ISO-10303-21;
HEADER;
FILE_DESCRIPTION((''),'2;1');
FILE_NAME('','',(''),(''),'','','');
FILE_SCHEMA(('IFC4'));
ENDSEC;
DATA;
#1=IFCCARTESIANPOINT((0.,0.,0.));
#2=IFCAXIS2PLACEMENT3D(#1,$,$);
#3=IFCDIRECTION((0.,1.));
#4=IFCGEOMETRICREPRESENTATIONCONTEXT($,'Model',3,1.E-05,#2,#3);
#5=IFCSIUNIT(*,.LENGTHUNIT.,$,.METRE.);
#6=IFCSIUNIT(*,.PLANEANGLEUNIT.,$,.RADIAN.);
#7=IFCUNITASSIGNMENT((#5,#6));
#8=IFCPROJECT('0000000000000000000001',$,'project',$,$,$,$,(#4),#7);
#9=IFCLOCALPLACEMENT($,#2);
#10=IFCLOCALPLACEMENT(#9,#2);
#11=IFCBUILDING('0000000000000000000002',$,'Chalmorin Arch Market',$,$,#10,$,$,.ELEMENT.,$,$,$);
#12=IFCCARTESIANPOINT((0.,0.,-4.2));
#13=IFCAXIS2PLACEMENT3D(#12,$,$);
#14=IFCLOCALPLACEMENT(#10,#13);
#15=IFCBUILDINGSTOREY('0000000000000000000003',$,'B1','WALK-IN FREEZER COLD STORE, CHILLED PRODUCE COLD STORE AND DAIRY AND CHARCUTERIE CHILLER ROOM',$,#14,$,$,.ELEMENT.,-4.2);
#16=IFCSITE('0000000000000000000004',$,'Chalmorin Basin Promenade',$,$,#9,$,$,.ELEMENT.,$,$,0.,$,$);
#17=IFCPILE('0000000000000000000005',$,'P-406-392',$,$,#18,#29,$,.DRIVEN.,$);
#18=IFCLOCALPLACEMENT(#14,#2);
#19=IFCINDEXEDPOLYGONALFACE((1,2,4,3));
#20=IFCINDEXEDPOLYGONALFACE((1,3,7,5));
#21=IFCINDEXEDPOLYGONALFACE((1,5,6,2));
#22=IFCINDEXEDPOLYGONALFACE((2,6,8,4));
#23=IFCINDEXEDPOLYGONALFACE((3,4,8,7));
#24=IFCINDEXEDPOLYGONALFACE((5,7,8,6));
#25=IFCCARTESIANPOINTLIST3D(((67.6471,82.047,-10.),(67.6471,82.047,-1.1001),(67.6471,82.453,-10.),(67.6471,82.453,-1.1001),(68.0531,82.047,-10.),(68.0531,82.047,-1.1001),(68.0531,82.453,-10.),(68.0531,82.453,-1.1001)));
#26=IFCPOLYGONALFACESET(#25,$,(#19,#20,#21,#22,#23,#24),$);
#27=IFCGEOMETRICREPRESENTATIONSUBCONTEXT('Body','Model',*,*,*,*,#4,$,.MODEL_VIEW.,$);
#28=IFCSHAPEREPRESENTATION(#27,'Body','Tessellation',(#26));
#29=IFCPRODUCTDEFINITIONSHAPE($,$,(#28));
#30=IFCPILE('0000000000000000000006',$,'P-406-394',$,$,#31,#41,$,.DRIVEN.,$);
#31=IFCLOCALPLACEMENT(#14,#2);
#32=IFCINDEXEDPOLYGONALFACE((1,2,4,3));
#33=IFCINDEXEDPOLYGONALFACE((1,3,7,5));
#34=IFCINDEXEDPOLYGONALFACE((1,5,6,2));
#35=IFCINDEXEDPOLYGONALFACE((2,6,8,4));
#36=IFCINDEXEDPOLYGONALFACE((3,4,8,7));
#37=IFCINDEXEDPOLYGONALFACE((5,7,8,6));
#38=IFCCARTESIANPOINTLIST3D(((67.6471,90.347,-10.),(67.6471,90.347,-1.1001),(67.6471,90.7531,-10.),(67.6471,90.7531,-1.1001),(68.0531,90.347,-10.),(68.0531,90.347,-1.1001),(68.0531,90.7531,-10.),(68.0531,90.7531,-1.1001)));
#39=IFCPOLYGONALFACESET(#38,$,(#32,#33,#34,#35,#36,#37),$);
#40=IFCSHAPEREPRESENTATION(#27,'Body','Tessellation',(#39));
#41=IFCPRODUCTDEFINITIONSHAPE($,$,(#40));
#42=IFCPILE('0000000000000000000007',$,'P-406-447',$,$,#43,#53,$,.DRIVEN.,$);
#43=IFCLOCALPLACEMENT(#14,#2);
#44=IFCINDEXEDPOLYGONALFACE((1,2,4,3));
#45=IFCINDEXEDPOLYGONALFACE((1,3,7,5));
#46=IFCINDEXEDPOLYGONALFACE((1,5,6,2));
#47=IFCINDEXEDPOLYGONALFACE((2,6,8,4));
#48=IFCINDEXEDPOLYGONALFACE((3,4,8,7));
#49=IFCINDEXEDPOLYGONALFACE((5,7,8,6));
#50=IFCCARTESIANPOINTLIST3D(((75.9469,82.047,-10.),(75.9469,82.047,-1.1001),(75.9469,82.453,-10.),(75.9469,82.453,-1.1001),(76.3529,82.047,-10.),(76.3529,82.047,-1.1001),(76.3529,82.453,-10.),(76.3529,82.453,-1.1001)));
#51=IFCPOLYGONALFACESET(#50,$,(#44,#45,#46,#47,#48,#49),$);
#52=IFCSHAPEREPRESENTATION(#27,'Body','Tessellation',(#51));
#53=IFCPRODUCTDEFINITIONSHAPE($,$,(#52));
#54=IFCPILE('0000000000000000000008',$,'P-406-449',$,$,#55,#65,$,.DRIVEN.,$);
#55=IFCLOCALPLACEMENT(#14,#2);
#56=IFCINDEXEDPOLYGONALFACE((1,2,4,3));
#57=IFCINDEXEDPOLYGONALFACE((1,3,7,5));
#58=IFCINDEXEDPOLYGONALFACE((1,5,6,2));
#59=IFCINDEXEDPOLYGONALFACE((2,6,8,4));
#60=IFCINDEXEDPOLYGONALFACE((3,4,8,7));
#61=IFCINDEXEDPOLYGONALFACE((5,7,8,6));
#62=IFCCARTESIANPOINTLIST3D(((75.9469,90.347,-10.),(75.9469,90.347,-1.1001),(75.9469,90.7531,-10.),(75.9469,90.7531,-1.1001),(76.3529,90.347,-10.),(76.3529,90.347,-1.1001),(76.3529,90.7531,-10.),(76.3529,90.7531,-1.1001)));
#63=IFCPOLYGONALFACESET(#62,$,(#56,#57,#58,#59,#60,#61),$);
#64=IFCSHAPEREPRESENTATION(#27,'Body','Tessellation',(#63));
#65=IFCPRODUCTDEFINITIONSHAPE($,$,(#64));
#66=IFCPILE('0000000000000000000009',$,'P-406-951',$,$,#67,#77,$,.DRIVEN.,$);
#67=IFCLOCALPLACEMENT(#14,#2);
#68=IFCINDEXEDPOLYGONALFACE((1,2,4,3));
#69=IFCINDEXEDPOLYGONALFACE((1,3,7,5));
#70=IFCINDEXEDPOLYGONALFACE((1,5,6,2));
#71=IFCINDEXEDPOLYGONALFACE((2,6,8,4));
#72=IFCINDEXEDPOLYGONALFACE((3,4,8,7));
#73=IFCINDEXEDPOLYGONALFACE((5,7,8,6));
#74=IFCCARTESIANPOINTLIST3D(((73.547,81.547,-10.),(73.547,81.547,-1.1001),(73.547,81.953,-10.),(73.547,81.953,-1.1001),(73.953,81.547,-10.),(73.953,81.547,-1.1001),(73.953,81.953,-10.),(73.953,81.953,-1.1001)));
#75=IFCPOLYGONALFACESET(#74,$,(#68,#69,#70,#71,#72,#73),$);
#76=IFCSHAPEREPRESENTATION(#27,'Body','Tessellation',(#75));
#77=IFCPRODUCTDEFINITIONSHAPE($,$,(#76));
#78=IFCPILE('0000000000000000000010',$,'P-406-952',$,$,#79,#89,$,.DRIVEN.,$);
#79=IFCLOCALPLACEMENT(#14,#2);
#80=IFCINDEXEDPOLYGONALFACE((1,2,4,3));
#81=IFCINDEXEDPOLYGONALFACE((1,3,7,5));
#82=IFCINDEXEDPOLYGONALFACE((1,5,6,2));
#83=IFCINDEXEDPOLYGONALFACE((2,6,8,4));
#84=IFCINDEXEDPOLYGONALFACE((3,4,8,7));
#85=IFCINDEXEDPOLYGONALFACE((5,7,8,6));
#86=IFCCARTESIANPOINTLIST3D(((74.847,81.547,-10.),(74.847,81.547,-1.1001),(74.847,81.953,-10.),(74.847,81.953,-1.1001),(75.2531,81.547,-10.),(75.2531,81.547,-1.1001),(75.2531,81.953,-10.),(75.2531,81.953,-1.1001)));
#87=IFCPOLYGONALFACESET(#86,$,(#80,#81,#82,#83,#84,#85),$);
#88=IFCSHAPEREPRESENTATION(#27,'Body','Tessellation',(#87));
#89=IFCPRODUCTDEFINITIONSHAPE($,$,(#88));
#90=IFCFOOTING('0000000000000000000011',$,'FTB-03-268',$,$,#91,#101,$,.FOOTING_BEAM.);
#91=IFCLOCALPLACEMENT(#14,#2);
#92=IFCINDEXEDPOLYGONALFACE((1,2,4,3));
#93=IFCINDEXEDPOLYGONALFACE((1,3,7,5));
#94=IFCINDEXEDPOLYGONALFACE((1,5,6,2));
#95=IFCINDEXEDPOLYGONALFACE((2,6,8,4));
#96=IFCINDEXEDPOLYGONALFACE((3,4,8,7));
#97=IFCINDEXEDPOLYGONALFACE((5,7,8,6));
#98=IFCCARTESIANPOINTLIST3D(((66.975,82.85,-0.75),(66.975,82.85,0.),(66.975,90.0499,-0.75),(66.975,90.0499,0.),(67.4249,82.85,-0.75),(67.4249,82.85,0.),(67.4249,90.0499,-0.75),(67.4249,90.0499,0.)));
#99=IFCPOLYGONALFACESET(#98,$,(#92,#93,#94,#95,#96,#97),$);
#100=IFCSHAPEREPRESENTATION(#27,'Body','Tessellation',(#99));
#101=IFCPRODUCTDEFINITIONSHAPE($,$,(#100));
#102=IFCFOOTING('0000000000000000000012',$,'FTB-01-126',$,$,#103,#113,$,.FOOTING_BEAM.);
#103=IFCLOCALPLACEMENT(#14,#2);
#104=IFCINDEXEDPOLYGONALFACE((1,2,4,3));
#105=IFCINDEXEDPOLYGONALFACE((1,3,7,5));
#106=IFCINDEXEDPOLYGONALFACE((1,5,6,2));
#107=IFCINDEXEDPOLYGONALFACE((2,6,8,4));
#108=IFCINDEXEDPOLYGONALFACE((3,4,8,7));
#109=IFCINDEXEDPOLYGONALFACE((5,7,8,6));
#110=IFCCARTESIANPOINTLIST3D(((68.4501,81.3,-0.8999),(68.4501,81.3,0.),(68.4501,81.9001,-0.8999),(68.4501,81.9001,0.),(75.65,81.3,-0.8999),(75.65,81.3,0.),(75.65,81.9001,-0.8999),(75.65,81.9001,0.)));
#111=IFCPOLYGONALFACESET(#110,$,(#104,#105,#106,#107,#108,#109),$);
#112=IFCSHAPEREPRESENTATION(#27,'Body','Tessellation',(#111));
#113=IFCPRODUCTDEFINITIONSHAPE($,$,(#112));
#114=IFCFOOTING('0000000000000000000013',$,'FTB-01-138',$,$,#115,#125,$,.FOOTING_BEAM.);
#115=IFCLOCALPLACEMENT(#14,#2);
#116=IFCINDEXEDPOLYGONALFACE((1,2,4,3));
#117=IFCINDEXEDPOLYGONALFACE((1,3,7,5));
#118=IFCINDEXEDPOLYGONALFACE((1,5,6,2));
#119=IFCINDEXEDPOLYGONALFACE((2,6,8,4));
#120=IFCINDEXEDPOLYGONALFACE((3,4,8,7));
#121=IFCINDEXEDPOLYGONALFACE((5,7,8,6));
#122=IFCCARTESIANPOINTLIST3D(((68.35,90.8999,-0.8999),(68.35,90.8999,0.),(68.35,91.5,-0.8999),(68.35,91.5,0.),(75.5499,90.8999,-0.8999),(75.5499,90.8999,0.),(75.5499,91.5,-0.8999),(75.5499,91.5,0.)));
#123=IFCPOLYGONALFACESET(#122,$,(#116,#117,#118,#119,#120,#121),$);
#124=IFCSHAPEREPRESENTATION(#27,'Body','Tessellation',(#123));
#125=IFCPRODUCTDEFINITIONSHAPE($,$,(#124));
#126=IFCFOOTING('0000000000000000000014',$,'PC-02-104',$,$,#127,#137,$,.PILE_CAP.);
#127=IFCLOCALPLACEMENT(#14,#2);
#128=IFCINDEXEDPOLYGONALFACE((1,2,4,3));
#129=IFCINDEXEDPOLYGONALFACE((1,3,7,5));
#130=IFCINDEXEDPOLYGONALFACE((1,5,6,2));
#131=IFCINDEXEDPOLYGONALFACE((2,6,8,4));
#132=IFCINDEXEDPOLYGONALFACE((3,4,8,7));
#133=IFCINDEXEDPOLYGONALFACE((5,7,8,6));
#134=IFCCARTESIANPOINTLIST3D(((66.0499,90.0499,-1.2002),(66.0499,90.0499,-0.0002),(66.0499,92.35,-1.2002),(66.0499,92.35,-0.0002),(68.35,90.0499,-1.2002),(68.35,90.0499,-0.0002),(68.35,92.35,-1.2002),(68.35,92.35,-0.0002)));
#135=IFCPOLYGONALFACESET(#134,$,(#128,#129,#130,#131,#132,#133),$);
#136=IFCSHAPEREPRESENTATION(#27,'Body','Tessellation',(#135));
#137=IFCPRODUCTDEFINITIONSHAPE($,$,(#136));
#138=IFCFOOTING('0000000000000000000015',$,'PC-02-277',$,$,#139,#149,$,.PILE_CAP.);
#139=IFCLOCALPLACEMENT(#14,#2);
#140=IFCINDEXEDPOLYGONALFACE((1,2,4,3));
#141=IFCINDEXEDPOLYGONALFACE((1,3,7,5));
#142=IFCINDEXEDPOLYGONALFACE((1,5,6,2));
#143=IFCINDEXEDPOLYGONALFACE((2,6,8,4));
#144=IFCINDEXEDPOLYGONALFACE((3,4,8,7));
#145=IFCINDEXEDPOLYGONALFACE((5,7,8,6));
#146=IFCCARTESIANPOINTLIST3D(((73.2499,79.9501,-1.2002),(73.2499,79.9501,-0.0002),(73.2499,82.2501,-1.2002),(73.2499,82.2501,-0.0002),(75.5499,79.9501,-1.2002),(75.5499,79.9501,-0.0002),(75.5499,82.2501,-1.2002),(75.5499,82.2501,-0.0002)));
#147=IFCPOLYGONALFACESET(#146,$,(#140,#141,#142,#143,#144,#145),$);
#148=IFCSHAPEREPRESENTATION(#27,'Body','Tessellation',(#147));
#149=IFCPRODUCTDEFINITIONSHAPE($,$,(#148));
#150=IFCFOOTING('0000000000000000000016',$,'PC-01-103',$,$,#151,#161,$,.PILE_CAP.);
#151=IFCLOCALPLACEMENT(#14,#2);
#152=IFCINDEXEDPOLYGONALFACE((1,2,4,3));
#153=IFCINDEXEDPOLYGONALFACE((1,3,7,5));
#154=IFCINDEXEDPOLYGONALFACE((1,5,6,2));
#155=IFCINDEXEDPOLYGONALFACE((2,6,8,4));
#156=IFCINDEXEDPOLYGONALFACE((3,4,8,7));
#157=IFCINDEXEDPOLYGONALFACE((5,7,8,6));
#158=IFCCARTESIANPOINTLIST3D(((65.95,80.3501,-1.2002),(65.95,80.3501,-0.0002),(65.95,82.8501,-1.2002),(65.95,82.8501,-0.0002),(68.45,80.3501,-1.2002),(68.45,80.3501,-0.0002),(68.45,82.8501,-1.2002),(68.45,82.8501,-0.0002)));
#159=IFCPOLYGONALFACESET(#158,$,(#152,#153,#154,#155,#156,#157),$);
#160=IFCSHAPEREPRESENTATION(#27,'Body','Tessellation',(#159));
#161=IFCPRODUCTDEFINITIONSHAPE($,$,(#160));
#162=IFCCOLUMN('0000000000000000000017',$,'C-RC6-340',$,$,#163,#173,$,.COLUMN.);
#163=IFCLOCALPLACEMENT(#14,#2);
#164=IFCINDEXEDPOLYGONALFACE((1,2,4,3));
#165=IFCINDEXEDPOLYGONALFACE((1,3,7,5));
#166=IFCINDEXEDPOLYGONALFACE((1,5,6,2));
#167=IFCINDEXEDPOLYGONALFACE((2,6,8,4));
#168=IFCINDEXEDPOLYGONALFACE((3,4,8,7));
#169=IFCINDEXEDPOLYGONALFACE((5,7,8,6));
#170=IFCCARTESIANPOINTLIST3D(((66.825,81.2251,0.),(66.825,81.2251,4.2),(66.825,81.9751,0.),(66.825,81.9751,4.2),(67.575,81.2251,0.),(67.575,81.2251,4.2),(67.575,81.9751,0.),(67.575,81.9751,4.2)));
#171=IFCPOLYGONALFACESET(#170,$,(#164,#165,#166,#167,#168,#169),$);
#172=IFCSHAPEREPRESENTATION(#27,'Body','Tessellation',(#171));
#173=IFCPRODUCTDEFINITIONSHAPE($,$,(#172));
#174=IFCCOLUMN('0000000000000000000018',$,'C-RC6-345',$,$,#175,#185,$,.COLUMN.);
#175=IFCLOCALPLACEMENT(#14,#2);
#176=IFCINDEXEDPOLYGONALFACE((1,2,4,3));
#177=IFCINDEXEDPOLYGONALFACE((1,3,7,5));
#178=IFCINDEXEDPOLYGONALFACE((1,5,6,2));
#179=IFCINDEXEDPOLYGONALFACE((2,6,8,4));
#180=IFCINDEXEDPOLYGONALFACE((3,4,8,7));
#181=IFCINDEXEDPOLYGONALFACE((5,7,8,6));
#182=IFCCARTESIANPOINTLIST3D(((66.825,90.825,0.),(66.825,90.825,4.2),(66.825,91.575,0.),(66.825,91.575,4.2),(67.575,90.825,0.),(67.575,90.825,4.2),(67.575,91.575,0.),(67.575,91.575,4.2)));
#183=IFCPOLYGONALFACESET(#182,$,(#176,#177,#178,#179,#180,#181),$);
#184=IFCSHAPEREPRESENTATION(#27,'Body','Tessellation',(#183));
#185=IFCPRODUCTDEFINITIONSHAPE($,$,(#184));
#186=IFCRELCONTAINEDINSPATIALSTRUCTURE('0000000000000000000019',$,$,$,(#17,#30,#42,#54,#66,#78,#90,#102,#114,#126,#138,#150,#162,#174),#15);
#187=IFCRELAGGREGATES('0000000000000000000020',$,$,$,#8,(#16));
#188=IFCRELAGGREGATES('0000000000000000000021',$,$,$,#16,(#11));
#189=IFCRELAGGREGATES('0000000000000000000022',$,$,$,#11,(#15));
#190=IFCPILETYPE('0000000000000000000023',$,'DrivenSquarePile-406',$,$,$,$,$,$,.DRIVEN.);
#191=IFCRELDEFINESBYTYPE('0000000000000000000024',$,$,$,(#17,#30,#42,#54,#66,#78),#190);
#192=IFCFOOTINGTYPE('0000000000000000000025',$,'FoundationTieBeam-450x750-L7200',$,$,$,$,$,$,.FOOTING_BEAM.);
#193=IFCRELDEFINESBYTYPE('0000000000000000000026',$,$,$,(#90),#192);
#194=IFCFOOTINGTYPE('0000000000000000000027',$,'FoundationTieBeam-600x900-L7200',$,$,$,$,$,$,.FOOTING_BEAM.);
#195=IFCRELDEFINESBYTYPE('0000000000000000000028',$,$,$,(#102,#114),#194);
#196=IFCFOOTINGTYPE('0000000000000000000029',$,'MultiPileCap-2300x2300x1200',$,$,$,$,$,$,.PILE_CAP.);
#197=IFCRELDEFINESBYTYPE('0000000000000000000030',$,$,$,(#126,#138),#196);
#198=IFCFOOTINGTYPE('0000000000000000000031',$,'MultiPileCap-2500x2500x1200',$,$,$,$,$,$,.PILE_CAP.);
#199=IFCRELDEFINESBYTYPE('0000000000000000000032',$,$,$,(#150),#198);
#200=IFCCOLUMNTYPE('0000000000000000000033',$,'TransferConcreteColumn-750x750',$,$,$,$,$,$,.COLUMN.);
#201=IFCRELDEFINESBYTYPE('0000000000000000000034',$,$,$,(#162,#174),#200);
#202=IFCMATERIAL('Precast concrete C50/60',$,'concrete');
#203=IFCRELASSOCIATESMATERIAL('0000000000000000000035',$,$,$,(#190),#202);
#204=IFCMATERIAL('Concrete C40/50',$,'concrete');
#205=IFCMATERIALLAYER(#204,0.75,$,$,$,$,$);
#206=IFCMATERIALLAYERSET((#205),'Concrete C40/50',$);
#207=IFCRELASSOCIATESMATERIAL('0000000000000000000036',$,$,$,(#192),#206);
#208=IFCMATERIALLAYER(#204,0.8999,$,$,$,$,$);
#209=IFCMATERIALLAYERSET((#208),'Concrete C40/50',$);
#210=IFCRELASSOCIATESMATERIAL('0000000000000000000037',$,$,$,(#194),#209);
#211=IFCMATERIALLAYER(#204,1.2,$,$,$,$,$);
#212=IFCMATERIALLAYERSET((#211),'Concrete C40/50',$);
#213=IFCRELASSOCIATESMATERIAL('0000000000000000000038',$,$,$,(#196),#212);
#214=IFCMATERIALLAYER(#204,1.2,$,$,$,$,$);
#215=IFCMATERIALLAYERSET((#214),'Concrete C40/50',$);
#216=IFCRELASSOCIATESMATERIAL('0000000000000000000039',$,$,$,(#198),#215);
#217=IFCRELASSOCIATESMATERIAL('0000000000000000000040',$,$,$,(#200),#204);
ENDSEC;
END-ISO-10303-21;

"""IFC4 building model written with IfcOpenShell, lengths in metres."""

from ifc_helpers import new_model, si_unit, direction, frame, origin, origin_2d, place, context, subcontext, project, spatial, rectangle, extrude, material, layer, layer_set, material_profile, profile_set, type_object, element, save


model = new_model("IFC4")

# Units and contexts
model_context = context("Model", 3, precision=1e-05, world=origin(), true_north=direction((0.0, 1.0)))
body_context = subcontext(model_context, "Body", "Model", "MODEL_VIEW")
ifc_project = project(units=[si_unit("LENGTHUNIT", "METRE"), si_unit("PLANEANGLEUNIT", "RADIAN")], contexts=[model_context])

# Site, building, storey
site_placement = place(None, origin())
site = spatial("IfcSite", under=ifc_project, at=site_placement, Name="Chalmorin Basin Promenade", CompositionType="ELEMENT", RefElevation=0.0)
building_placement = place(site_placement, origin())
building = spatial("IfcBuilding", under=site, at=building_placement, Name="Chalmorin Arch Market", CompositionType="ELEMENT")
storey_placement = place(building_placement, frame((0.0, 0.0, -4.2)))
storey = spatial("IfcBuildingStorey", under=building, at=storey_placement, Name="B1", Description="WALK-IN FREEZER COLD STORE, CHILLED PRODUCE COLD STORE AND DAIRY AND CHARCUTERIE CHILLER ROOM", CompositionType="ELEMENT", Elevation=-4.2)

# Piles
ifc_material_1 = material(Name="Precast concrete C50/60", Category="concrete")
ifc_material_profile_1 = material_profile(ifc_material_1, rectangle(XDim=0.406, YDim=0.406, at=origin_2d()), Name="PPC406")
ifc_profile_set_1 = profile_set([ifc_material_profile_1], Name="Precast concrete C50/60")
pile_type = type_object("IfcPileType", Name="DrivenSquarePile-406", PredefinedType="DRIVEN", material=ifc_profile_set_1)
for number, where, z_axis, x_axis, name in (
    (1, (67.8501, 82.25, -1.1001), (0.0, 0.0, -1.0), (1.0, 0.0, 0.0), "P-406-392"),
    (2, (67.8501, 90.55, -1.1001), (0.0, 0.0, -1.0), (1.0, 0.0, 0.0), "P-406-394"),
    (3, (76.1499, 82.25, -1.1001), (0.0, 0.0, -1.0), (1.0, 0.0, 0.0), "P-406-447"),
    (4, (76.1499, 90.55, -1.1001), (0.0, 0.0, -1.0), (1.0, 0.0, 0.0), "P-406-449"),
    (5, (73.75, 81.75, -1.1001), (0.0, 0.0, -1.0), (1.0, 0.0, 0.0), "P-406-951"),
    (6, (75.05, 81.75, -1.1001), (0.0, 0.0, -1.0), (1.0, 0.0, 0.0), "P-406-952"),
):
    element("IfcPile", number, at=place(storey_placement, frame(where, z_axis=z_axis, x_axis=x_axis)), inside=storey, type_object=pile_type, Name=name, PredefinedType="DRIVEN", context=body_context, shape_type="SweptSolid", body=[
        extrude(rectangle(XDim=0.406, YDim=0.406, at=origin_2d()), origin(), (0.0, 0.0, 1.0), 8.8999),
    ])

# Footings
ifc_material_2 = material(Name="Concrete C40/50", Category="concrete")
ifc_layer_1 = layer(ifc_material_2, 0.75)
ifc_layer_set_1 = layer_set([ifc_layer_1], Name="Concrete C40/50")
footing_type_1 = type_object("IfcFootingType", Name="FoundationTieBeam-450x750-L7200", PredefinedType="FOOTING_BEAM", material=ifc_layer_set_1)
footing_1_placement = place(storey_placement, frame((67.2, 86.45, -0.75), z_axis=(0.0, 0.0, 1.0), x_axis=(0.0, 1.0, 0.0)))
element("IfcFooting", 7, at=footing_1_placement, inside=storey, type_object=footing_type_1, Name="FTB-03-268", PredefinedType="FOOTING_BEAM", context=body_context, shape_type="SweptSolid", body=[
    extrude(rectangle(XDim=7.2, YDim=0.45, at=origin_2d()), origin(), (0.0, 0.0, 1.0), 0.75),
])
ifc_layer_2 = layer(ifc_material_2, 0.8999)
ifc_layer_set_2 = layer_set([ifc_layer_2], Name="Concrete C40/50")
footing_type_2 = type_object("IfcFootingType", Name="FoundationTieBeam-600x900-L7200", PredefinedType="FOOTING_BEAM", material=ifc_layer_set_2)
for number, where, z_axis, x_axis, name in (
    (8, (72.05, 81.6001, -0.8999), (0.0, 0.0, 1.0), (1.0, 0.0, 0.0), "FTB-01-126"),
    (9, (71.95, 91.2, -0.8999), (0.0, 0.0, 1.0), (1.0, 0.0, 0.0), "FTB-01-138"),
):
    element("IfcFooting", number, at=place(storey_placement, frame(where, z_axis=z_axis, x_axis=x_axis)), inside=storey, type_object=footing_type_2, Name=name, PredefinedType="FOOTING_BEAM", context=body_context, shape_type="SweptSolid", body=[
        extrude(rectangle(XDim=7.2, YDim=0.6001, at=origin_2d()), origin(), (0.0, 0.0, 1.0), 0.8999),
    ])
ifc_layer_3 = layer(ifc_material_2, 1.2)
ifc_layer_set_3 = layer_set([ifc_layer_3], Name="Concrete C40/50")
footing_type_3 = type_object("IfcFootingType", Name="MultiPileCap-2300x2300x1200", PredefinedType="PILE_CAP", material=ifc_layer_set_3)
for number, where, z_axis, x_axis, name in (
    (10, (67.2, 91.2, -1.2002), (0.0, 0.0, 1.0), (1.0, 0.0, 0.0), "PC-02-104"),
    (11, (74.3999, 81.1001, -1.2002), (0.0, 0.0, 1.0), (1.0, 0.0, 0.0), "PC-02-277"),
):
    element("IfcFooting", number, at=place(storey_placement, frame(where, z_axis=z_axis, x_axis=x_axis)), inside=storey, type_object=footing_type_3, Name=name, PredefinedType="PILE_CAP", context=body_context, shape_type="SweptSolid", body=[
        extrude(rectangle(XDim=2.3, YDim=2.3, at=origin_2d()), origin(), (0.0, 0.0, 1.0), 1.2),
    ])
ifc_layer_4 = layer(ifc_material_2, 1.2)
ifc_layer_set_4 = layer_set([ifc_layer_4], Name="Concrete C40/50")
footing_type_4 = type_object("IfcFootingType", Name="MultiPileCap-2500x2500x1200", PredefinedType="PILE_CAP", material=ifc_layer_set_4)
footing_2_placement = place(storey_placement, frame((67.2, 81.6001, -1.2002), z_axis=(0.0, 0.0, 1.0), x_axis=(1.0, 0.0, 0.0)))
element("IfcFooting", 12, at=footing_2_placement, inside=storey, type_object=footing_type_4, Name="PC-01-103", PredefinedType="PILE_CAP", context=body_context, shape_type="SweptSolid", body=[
    extrude(rectangle(XDim=2.5, YDim=2.5, at=origin_2d()), origin(), (0.0, 0.0, 1.0), 1.2),
])

# Columns
ifc_material_profile_2 = material_profile(ifc_material_2, rectangle(XDim=0.75, YDim=0.75, at=origin_2d()), Name="RC750X750")
ifc_profile_set_2 = profile_set([ifc_material_profile_2], Name="Concrete C40/50")
column_type = type_object("IfcColumnType", Name="TransferConcreteColumn-750x750", PredefinedType="COLUMN", material=ifc_profile_set_2)
for number, where, z_axis, x_axis, name in (
    (13, (67.2, 81.6001, 0.0), (0.0, 0.0, 1.0), (1.0, 0.0, 0.0), "C-RC6-340"),
    (14, (67.2, 91.2, 0.0), (0.0, 0.0, 1.0), (1.0, 0.0, 0.0), "C-RC6-345"),
):
    element("IfcColumn", number, at=place(storey_placement, frame(where, z_axis=z_axis, x_axis=x_axis)), inside=storey, type_object=column_type, Name=name, PredefinedType="COLUMN", context=body_context, shape_type="SweptSolid", body=[
        extrude(rectangle(XDim=0.75, YDim=0.75, at=origin_2d()), origin(), (0.0, 0.0, 1.0), 4.2),
    ])

save(model, "model.ifc")
